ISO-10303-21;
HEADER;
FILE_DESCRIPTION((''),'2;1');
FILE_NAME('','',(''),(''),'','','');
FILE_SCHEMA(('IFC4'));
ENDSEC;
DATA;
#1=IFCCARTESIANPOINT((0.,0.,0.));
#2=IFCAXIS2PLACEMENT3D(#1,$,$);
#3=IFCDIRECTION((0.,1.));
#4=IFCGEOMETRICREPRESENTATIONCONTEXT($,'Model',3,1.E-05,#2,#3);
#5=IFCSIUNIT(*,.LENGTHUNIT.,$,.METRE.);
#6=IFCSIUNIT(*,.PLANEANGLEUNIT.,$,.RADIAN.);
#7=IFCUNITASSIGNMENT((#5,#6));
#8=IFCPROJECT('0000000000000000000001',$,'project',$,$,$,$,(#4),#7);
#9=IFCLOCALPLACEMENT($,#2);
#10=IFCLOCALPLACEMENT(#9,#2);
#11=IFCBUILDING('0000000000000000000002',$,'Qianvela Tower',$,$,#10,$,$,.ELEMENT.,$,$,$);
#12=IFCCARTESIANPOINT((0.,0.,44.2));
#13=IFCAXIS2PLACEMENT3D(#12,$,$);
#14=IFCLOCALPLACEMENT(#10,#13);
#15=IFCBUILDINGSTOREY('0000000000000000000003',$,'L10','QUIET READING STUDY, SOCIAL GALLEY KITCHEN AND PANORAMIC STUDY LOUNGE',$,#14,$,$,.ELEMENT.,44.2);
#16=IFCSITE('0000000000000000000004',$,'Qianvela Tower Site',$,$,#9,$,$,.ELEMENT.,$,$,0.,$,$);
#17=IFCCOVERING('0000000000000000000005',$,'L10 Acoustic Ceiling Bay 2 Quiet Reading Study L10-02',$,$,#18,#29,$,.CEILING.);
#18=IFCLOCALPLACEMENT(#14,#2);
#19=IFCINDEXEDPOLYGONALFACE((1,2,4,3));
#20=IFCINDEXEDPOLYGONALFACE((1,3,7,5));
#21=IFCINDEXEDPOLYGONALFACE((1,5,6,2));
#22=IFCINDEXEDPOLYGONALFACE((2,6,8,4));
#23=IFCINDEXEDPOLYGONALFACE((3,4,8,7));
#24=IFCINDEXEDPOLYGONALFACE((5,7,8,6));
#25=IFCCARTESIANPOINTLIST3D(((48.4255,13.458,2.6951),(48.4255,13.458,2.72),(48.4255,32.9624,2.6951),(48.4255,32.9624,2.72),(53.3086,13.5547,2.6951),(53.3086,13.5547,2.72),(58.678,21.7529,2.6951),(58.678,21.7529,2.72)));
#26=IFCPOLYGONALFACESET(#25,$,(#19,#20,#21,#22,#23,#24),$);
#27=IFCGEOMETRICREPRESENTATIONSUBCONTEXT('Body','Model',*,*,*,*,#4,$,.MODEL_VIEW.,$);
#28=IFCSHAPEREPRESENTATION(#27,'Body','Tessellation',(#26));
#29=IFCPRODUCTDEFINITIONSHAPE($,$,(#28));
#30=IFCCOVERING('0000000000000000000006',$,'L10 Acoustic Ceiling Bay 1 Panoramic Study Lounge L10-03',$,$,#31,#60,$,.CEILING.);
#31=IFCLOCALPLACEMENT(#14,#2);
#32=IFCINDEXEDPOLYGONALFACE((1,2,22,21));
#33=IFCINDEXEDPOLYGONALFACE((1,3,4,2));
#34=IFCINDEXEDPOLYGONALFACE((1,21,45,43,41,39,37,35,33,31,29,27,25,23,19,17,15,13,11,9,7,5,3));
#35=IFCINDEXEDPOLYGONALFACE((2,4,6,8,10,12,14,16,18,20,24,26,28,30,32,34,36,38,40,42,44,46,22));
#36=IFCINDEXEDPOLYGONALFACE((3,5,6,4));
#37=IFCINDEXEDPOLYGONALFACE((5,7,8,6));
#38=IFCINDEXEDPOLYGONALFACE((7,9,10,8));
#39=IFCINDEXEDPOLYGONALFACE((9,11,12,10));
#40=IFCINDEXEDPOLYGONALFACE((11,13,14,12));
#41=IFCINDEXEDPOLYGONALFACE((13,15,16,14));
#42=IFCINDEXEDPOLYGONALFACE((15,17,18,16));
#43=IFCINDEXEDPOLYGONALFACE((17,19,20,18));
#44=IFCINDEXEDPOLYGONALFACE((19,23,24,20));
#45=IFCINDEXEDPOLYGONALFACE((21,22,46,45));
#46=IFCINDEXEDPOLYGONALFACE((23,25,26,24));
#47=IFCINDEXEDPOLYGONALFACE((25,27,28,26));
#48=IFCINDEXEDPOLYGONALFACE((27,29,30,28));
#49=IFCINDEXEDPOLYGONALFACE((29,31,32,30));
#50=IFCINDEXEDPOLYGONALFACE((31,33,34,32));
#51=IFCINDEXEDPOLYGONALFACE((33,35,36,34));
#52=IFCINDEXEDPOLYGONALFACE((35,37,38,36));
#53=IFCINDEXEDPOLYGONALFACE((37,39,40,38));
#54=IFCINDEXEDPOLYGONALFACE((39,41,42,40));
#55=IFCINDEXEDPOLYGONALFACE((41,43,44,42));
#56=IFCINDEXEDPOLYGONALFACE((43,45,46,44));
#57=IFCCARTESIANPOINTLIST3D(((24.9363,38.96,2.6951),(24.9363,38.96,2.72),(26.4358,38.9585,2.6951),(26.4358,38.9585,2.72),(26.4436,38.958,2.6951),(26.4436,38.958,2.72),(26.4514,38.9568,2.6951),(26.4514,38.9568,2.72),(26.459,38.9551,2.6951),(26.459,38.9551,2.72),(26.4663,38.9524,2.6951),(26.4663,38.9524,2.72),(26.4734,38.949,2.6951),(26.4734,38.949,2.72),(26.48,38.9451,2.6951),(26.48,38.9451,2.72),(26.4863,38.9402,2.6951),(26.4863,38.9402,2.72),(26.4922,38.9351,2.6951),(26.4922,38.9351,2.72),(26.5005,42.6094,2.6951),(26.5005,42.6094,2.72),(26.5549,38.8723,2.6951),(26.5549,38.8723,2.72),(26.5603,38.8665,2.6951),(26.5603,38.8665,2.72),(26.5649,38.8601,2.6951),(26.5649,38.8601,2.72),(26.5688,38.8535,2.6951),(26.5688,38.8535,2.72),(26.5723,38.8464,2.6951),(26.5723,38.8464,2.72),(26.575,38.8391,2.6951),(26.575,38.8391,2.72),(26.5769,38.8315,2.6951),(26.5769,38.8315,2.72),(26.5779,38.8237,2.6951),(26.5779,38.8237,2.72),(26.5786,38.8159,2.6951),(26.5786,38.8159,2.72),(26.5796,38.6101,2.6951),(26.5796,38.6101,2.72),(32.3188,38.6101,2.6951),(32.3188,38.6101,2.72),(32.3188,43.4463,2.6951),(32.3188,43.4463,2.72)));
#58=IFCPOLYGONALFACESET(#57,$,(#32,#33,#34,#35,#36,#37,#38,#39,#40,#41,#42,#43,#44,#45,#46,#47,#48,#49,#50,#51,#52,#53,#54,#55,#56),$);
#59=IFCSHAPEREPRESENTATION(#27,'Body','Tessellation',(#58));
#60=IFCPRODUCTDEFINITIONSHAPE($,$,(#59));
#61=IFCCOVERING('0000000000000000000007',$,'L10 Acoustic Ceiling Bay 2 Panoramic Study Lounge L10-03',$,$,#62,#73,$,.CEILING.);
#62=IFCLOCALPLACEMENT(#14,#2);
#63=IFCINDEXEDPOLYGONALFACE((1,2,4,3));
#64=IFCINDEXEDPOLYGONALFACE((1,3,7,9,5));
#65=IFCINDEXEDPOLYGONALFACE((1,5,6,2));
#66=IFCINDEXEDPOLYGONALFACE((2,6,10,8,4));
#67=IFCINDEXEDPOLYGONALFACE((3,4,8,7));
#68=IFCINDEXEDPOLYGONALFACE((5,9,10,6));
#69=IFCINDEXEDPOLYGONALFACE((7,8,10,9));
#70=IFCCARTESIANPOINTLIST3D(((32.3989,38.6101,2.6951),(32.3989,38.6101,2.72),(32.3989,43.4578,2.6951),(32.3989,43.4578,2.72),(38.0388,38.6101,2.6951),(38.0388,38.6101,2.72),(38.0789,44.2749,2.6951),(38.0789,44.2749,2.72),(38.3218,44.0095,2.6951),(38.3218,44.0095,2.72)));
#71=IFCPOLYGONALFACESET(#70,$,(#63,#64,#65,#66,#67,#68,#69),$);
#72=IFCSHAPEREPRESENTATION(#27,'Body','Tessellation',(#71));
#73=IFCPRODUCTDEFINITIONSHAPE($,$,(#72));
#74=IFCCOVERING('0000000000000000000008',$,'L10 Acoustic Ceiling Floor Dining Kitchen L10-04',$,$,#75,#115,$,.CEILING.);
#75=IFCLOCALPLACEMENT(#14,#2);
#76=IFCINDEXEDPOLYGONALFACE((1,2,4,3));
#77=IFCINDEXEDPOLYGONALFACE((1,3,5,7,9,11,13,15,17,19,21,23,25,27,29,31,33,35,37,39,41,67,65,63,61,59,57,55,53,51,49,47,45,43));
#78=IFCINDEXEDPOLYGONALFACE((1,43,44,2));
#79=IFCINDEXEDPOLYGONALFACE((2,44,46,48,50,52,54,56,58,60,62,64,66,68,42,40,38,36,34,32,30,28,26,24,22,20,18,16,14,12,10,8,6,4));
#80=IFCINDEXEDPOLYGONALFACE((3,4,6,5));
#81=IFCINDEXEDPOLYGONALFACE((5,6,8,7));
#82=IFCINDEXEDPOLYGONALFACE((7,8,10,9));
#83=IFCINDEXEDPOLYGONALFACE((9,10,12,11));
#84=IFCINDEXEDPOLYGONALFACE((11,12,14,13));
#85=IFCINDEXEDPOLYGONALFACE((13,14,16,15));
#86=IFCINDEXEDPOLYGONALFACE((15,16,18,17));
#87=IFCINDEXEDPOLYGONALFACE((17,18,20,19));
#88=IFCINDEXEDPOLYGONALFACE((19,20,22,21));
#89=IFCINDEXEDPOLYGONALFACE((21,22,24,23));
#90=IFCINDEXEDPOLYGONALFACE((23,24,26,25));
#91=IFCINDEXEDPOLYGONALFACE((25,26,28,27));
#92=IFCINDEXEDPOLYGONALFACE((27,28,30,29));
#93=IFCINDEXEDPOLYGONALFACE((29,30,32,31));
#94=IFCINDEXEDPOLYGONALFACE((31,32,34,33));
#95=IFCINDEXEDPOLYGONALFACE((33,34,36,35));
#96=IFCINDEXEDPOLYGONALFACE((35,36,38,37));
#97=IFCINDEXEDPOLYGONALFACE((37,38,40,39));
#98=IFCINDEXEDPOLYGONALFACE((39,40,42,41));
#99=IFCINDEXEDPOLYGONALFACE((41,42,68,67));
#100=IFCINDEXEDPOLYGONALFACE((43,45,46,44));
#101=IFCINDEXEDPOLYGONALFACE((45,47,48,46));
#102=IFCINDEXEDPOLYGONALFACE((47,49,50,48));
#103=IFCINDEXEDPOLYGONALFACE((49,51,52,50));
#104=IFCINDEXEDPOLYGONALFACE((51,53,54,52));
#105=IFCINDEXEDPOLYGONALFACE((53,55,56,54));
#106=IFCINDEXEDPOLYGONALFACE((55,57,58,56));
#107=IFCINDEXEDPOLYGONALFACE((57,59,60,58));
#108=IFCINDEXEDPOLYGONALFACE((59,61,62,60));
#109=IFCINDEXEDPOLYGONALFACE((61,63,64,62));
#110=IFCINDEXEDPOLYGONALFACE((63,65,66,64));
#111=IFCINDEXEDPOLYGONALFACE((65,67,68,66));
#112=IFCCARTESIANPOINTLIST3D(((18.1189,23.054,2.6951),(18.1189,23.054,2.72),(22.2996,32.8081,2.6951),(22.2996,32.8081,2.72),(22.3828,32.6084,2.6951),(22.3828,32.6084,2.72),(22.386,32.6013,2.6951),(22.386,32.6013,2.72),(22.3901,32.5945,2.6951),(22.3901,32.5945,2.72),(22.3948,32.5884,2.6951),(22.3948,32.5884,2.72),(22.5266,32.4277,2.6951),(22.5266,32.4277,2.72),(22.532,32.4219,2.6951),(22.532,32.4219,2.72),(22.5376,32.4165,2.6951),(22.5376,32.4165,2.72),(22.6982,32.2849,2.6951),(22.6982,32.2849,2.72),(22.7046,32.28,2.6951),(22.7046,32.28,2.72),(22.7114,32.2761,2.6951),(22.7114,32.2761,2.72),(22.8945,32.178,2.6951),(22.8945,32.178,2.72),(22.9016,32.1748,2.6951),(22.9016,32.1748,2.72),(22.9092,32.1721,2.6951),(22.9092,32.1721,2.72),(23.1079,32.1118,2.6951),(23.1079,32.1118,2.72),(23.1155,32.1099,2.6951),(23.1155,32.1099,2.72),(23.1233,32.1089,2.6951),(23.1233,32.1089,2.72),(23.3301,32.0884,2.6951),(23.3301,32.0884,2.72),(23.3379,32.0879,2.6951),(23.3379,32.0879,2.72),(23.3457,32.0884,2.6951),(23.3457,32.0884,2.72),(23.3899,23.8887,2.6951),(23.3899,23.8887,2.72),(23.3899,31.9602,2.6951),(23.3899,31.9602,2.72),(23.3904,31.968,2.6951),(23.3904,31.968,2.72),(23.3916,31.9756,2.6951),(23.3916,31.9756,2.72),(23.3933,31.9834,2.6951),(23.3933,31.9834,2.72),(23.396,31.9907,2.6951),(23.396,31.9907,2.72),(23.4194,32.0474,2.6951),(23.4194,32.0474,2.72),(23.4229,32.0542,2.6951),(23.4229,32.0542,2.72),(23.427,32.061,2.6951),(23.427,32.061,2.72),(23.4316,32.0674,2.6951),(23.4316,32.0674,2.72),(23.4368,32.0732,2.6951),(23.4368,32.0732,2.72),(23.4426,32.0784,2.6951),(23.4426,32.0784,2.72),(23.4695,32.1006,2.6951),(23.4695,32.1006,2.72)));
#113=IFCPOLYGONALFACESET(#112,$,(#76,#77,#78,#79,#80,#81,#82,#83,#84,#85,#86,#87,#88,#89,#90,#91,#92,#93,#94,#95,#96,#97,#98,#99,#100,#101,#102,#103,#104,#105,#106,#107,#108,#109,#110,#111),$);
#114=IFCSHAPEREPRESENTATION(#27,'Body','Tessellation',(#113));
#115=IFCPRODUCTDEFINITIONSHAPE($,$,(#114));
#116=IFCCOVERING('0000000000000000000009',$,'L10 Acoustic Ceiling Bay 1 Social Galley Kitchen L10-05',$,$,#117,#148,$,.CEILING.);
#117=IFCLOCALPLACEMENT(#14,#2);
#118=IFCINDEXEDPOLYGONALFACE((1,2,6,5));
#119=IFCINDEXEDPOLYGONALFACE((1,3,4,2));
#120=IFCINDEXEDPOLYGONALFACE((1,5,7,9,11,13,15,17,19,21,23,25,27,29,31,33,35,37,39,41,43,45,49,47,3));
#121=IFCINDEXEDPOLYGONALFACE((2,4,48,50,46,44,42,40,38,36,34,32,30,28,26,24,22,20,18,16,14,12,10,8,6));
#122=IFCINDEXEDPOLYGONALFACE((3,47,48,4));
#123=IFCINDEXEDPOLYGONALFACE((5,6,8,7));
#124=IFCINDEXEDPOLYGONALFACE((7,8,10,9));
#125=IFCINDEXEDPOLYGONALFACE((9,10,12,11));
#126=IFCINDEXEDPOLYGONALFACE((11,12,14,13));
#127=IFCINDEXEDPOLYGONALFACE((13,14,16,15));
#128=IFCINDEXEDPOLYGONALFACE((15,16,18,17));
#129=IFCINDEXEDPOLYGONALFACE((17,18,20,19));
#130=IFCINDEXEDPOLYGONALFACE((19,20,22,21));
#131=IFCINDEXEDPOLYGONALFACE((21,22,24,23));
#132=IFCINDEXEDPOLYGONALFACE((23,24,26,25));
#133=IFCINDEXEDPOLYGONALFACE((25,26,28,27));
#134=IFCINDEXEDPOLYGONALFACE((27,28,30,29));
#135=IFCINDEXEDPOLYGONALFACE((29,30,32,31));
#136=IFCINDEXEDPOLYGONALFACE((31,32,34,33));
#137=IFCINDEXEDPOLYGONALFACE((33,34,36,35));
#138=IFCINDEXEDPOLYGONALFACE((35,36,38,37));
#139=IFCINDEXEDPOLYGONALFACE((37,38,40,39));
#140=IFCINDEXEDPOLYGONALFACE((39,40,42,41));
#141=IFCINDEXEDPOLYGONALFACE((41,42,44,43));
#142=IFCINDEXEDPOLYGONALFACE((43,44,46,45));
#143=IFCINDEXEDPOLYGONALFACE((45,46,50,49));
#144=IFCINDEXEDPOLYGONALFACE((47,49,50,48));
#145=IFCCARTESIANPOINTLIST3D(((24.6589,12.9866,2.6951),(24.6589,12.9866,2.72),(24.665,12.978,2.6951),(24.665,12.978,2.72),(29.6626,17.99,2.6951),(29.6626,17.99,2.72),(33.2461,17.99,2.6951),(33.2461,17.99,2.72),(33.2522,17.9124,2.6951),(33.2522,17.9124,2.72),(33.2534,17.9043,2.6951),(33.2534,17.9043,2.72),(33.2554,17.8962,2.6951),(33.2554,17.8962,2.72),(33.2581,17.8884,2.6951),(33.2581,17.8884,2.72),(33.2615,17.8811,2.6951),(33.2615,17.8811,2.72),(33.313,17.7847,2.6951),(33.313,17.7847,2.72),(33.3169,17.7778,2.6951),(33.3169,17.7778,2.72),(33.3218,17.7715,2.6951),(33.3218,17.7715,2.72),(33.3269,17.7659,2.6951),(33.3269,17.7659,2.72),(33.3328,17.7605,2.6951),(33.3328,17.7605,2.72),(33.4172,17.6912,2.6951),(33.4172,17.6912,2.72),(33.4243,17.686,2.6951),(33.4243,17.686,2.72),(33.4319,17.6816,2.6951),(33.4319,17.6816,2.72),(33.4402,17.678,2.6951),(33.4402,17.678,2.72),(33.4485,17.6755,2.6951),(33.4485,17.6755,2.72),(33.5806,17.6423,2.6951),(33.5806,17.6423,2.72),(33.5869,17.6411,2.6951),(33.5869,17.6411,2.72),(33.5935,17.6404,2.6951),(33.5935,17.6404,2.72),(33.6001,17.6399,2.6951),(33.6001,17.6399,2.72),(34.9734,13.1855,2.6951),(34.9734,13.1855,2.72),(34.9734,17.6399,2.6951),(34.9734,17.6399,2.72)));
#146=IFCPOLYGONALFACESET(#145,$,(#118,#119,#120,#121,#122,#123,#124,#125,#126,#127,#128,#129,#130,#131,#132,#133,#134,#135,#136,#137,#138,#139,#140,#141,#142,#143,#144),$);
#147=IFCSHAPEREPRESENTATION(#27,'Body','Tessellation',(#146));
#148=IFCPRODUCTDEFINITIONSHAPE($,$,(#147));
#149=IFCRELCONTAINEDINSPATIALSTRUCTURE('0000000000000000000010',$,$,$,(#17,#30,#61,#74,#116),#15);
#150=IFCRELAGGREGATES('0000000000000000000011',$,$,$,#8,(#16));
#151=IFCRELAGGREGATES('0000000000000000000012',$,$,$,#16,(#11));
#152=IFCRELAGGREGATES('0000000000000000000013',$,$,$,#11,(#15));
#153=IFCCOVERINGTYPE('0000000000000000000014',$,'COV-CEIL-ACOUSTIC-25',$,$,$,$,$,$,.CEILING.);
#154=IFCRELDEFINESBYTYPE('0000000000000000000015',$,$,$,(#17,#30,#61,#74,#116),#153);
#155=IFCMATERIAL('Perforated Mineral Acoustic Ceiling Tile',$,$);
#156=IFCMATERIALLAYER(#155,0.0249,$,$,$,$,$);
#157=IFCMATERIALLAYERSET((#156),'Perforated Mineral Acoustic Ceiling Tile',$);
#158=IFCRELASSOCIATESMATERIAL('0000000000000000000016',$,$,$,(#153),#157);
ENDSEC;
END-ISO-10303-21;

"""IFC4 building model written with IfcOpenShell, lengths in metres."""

from ifc_helpers import new_model, si_unit, direction, frame, origin, place, context, subcontext, project, spatial, polyline, outline, extrude, material, layer, layer_set, type_object, element, save


model = new_model("IFC4")

# Units and contexts
model_context = context("Model", 3, precision=1e-05, world=origin(), true_north=direction((0.0, 1.0)))
body_context = subcontext(model_context, "Body", "Model", "MODEL_VIEW")
ifc_project = project(units=[si_unit("LENGTHUNIT", "METRE"), si_unit("PLANEANGLEUNIT", "RADIAN")], contexts=[model_context])

# Site, building, storey
site_placement = place(None, origin())
site = spatial("IfcSite", under=ifc_project, at=site_placement, Name="Qianvela Tower Site", CompositionType="ELEMENT", RefElevation=0.0)
building_placement = place(site_placement, origin())
building = spatial("IfcBuilding", under=site, at=building_placement, Name="Qianvela Tower", CompositionType="ELEMENT")
storey_placement = place(building_placement, frame((0.0, 0.0, 44.2)))
storey = spatial("IfcBuildingStorey", under=building, at=storey_placement, Name="L10", Description="QUIET READING STUDY, SOCIAL GALLEY KITCHEN AND PANORAMIC STUDY LOUNGE", CompositionType="ELEMENT", Elevation=44.2)

# Coverings
ifc_material_1 = material(Name="Perforated Mineral Acoustic Ceiling Tile")
ifc_layer_1 = layer(ifc_material_1, 0.0249)
ifc_layer_set_1 = layer_set([ifc_layer_1], Name="Perforated Mineral Acoustic Ceiling Tile")
covering_type_1 = type_object("IfcCoveringType", Name="COV-CEIL-ACOUSTIC-25", PredefinedType="CEILING", material=ifc_layer_set_1)
covering_1_placement = place(storey_placement, frame((0.0, 0.0, 2.6951)))
element("IfcCovering", 1, at=covering_1_placement, inside=storey, type_object=covering_type_1, Name="L10 Acoustic Ceiling Bay 2 Quiet Reading Study L10-02", PredefinedType="CEILING", context=body_context, shape_type="SweptSolid", body=[
    extrude(outline(polyline([(58.678, 21.7529), (53.3086, 13.5547), (48.4255, 13.458), (48.4255, 32.9624), (58.678, 21.7529)])), origin(), (0.0, 0.0, 1.0), 0.0249),
])
covering_2_placement = place(storey_placement, frame((0.0, 0.0, 2.6951)))
element("IfcCovering", 2, at=covering_2_placement, inside=storey, type_object=covering_type_1, Name="L10 Acoustic Ceiling Bay 1 Panoramic Study Lounge L10-03", PredefinedType="CEILING", context=body_context, shape_type="SweptSolid", body=[
    extrude(outline(polyline([(26.5796, 38.6101), (26.5786, 38.8159), (26.5779, 38.8237), (26.5769, 38.8315), (26.575, 38.8391), (26.5723, 38.8464), (26.5688, 38.8535), (26.5649, 38.8601), (26.5603, 38.8665), (26.5549, 38.8723), (26.4922, 38.9351), (26.4863, 38.9402), (26.48, 38.9451), (26.4734, 38.949), (26.4663, 38.9524), (26.459, 38.9551), (26.4514, 38.9568), (26.4436, 38.958), (26.4358, 38.9585), (24.9363, 38.96), (26.5005, 42.6094), (32.3188, 43.4463), (32.3188, 38.6101), (26.5796, 38.6101)])), origin(), (0.0, 0.0, 1.0), 0.0249),
])
covering_3_placement = place(storey_placement, frame((0.0, 0.0, 2.6951)))
element("IfcCovering", 3, at=covering_3_placement, inside=storey, type_object=covering_type_1, Name="L10 Acoustic Ceiling Bay 2 Panoramic Study Lounge L10-03", PredefinedType="CEILING", context=body_context, shape_type="SweptSolid", body=[
    extrude(outline(polyline([(38.0388, 38.6101), (32.3989, 38.6101), (32.3989, 43.4578), (38.0789, 44.2749), (38.3218, 44.0095), (38.0388, 38.6101)])), origin(), (0.0, 0.0, 1.0), 0.0249),
])
covering_4_placement = place(storey_placement, frame((0.0, 0.0, 2.6951)))
element("IfcCovering", 4, at=covering_4_placement, inside=storey, type_object=covering_type_1, Name="L10 Acoustic Ceiling Floor Dining Kitchen L10-04", PredefinedType="CEILING", context=body_context, shape_type="SweptSolid", body=[
    extrude(outline(polyline([(22.2996, 32.8081), (22.3828, 32.6084), (22.386, 32.6013), (22.3901, 32.5945), (22.3948, 32.5884), (22.5266, 32.4277), (22.532, 32.4219), (22.5376, 32.4165), (22.6982, 32.2849), (22.7046, 32.28), (22.7114, 32.2761), (22.8945, 32.178), (22.9016, 32.1748), (22.9092, 32.1721), (23.1079, 32.1118), (23.1155, 32.1099), (23.1233, 32.1089), (23.3301, 32.0884), (23.3379, 32.0879), (23.3457, 32.0884), (23.4695, 32.1006), (23.4426, 32.0784), (23.4368, 32.0732), (23.4316, 32.0674), (23.427, 32.061), (23.4229, 32.0542), (23.4194, 32.0474), (23.396, 31.9907), (23.3933, 31.9834), (23.3916, 31.9756), (23.3904, 31.968), (23.3899, 31.9602), (23.3899, 23.8887), (18.1189, 23.054), (22.2996, 32.8081)])), origin(), (0.0, 0.0, 1.0), 0.0249),
])
covering_5_placement = place(storey_placement, frame((0.0, 0.0, 2.6951)))
element("IfcCovering", 5, at=covering_5_placement, inside=storey, type_object=covering_type_1, Name="L10 Acoustic Ceiling Bay 1 Social Galley Kitchen L10-05", PredefinedType="CEILING", context=body_context, shape_type="SweptSolid", body=[
    extrude(outline(polyline([(33.2522, 17.9124), (33.2534, 17.9043), (33.2554, 17.8962), (33.2581, 17.8884), (33.2615, 17.8811), (33.313, 17.7847), (33.3169, 17.7778), (33.3218, 17.7715), (33.3269, 17.7659), (33.3328, 17.7605), (33.4172, 17.6912), (33.4243, 17.686), (33.4319, 17.6816), (33.4402, 17.678), (33.4485, 17.6755), (33.5806, 17.6423), (33.5869, 17.6411), (33.5935, 17.6404), (33.6001, 17.6399), (34.9734, 17.6399), (34.9734, 13.1855), (24.665, 12.978), (24.6589, 12.9866), (29.6626, 17.99), (33.2461, 17.99), (33.2522, 17.9124)])), origin(), (0.0, 0.0, 1.0), 0.0249),
])

save(model, "model.ifc")
